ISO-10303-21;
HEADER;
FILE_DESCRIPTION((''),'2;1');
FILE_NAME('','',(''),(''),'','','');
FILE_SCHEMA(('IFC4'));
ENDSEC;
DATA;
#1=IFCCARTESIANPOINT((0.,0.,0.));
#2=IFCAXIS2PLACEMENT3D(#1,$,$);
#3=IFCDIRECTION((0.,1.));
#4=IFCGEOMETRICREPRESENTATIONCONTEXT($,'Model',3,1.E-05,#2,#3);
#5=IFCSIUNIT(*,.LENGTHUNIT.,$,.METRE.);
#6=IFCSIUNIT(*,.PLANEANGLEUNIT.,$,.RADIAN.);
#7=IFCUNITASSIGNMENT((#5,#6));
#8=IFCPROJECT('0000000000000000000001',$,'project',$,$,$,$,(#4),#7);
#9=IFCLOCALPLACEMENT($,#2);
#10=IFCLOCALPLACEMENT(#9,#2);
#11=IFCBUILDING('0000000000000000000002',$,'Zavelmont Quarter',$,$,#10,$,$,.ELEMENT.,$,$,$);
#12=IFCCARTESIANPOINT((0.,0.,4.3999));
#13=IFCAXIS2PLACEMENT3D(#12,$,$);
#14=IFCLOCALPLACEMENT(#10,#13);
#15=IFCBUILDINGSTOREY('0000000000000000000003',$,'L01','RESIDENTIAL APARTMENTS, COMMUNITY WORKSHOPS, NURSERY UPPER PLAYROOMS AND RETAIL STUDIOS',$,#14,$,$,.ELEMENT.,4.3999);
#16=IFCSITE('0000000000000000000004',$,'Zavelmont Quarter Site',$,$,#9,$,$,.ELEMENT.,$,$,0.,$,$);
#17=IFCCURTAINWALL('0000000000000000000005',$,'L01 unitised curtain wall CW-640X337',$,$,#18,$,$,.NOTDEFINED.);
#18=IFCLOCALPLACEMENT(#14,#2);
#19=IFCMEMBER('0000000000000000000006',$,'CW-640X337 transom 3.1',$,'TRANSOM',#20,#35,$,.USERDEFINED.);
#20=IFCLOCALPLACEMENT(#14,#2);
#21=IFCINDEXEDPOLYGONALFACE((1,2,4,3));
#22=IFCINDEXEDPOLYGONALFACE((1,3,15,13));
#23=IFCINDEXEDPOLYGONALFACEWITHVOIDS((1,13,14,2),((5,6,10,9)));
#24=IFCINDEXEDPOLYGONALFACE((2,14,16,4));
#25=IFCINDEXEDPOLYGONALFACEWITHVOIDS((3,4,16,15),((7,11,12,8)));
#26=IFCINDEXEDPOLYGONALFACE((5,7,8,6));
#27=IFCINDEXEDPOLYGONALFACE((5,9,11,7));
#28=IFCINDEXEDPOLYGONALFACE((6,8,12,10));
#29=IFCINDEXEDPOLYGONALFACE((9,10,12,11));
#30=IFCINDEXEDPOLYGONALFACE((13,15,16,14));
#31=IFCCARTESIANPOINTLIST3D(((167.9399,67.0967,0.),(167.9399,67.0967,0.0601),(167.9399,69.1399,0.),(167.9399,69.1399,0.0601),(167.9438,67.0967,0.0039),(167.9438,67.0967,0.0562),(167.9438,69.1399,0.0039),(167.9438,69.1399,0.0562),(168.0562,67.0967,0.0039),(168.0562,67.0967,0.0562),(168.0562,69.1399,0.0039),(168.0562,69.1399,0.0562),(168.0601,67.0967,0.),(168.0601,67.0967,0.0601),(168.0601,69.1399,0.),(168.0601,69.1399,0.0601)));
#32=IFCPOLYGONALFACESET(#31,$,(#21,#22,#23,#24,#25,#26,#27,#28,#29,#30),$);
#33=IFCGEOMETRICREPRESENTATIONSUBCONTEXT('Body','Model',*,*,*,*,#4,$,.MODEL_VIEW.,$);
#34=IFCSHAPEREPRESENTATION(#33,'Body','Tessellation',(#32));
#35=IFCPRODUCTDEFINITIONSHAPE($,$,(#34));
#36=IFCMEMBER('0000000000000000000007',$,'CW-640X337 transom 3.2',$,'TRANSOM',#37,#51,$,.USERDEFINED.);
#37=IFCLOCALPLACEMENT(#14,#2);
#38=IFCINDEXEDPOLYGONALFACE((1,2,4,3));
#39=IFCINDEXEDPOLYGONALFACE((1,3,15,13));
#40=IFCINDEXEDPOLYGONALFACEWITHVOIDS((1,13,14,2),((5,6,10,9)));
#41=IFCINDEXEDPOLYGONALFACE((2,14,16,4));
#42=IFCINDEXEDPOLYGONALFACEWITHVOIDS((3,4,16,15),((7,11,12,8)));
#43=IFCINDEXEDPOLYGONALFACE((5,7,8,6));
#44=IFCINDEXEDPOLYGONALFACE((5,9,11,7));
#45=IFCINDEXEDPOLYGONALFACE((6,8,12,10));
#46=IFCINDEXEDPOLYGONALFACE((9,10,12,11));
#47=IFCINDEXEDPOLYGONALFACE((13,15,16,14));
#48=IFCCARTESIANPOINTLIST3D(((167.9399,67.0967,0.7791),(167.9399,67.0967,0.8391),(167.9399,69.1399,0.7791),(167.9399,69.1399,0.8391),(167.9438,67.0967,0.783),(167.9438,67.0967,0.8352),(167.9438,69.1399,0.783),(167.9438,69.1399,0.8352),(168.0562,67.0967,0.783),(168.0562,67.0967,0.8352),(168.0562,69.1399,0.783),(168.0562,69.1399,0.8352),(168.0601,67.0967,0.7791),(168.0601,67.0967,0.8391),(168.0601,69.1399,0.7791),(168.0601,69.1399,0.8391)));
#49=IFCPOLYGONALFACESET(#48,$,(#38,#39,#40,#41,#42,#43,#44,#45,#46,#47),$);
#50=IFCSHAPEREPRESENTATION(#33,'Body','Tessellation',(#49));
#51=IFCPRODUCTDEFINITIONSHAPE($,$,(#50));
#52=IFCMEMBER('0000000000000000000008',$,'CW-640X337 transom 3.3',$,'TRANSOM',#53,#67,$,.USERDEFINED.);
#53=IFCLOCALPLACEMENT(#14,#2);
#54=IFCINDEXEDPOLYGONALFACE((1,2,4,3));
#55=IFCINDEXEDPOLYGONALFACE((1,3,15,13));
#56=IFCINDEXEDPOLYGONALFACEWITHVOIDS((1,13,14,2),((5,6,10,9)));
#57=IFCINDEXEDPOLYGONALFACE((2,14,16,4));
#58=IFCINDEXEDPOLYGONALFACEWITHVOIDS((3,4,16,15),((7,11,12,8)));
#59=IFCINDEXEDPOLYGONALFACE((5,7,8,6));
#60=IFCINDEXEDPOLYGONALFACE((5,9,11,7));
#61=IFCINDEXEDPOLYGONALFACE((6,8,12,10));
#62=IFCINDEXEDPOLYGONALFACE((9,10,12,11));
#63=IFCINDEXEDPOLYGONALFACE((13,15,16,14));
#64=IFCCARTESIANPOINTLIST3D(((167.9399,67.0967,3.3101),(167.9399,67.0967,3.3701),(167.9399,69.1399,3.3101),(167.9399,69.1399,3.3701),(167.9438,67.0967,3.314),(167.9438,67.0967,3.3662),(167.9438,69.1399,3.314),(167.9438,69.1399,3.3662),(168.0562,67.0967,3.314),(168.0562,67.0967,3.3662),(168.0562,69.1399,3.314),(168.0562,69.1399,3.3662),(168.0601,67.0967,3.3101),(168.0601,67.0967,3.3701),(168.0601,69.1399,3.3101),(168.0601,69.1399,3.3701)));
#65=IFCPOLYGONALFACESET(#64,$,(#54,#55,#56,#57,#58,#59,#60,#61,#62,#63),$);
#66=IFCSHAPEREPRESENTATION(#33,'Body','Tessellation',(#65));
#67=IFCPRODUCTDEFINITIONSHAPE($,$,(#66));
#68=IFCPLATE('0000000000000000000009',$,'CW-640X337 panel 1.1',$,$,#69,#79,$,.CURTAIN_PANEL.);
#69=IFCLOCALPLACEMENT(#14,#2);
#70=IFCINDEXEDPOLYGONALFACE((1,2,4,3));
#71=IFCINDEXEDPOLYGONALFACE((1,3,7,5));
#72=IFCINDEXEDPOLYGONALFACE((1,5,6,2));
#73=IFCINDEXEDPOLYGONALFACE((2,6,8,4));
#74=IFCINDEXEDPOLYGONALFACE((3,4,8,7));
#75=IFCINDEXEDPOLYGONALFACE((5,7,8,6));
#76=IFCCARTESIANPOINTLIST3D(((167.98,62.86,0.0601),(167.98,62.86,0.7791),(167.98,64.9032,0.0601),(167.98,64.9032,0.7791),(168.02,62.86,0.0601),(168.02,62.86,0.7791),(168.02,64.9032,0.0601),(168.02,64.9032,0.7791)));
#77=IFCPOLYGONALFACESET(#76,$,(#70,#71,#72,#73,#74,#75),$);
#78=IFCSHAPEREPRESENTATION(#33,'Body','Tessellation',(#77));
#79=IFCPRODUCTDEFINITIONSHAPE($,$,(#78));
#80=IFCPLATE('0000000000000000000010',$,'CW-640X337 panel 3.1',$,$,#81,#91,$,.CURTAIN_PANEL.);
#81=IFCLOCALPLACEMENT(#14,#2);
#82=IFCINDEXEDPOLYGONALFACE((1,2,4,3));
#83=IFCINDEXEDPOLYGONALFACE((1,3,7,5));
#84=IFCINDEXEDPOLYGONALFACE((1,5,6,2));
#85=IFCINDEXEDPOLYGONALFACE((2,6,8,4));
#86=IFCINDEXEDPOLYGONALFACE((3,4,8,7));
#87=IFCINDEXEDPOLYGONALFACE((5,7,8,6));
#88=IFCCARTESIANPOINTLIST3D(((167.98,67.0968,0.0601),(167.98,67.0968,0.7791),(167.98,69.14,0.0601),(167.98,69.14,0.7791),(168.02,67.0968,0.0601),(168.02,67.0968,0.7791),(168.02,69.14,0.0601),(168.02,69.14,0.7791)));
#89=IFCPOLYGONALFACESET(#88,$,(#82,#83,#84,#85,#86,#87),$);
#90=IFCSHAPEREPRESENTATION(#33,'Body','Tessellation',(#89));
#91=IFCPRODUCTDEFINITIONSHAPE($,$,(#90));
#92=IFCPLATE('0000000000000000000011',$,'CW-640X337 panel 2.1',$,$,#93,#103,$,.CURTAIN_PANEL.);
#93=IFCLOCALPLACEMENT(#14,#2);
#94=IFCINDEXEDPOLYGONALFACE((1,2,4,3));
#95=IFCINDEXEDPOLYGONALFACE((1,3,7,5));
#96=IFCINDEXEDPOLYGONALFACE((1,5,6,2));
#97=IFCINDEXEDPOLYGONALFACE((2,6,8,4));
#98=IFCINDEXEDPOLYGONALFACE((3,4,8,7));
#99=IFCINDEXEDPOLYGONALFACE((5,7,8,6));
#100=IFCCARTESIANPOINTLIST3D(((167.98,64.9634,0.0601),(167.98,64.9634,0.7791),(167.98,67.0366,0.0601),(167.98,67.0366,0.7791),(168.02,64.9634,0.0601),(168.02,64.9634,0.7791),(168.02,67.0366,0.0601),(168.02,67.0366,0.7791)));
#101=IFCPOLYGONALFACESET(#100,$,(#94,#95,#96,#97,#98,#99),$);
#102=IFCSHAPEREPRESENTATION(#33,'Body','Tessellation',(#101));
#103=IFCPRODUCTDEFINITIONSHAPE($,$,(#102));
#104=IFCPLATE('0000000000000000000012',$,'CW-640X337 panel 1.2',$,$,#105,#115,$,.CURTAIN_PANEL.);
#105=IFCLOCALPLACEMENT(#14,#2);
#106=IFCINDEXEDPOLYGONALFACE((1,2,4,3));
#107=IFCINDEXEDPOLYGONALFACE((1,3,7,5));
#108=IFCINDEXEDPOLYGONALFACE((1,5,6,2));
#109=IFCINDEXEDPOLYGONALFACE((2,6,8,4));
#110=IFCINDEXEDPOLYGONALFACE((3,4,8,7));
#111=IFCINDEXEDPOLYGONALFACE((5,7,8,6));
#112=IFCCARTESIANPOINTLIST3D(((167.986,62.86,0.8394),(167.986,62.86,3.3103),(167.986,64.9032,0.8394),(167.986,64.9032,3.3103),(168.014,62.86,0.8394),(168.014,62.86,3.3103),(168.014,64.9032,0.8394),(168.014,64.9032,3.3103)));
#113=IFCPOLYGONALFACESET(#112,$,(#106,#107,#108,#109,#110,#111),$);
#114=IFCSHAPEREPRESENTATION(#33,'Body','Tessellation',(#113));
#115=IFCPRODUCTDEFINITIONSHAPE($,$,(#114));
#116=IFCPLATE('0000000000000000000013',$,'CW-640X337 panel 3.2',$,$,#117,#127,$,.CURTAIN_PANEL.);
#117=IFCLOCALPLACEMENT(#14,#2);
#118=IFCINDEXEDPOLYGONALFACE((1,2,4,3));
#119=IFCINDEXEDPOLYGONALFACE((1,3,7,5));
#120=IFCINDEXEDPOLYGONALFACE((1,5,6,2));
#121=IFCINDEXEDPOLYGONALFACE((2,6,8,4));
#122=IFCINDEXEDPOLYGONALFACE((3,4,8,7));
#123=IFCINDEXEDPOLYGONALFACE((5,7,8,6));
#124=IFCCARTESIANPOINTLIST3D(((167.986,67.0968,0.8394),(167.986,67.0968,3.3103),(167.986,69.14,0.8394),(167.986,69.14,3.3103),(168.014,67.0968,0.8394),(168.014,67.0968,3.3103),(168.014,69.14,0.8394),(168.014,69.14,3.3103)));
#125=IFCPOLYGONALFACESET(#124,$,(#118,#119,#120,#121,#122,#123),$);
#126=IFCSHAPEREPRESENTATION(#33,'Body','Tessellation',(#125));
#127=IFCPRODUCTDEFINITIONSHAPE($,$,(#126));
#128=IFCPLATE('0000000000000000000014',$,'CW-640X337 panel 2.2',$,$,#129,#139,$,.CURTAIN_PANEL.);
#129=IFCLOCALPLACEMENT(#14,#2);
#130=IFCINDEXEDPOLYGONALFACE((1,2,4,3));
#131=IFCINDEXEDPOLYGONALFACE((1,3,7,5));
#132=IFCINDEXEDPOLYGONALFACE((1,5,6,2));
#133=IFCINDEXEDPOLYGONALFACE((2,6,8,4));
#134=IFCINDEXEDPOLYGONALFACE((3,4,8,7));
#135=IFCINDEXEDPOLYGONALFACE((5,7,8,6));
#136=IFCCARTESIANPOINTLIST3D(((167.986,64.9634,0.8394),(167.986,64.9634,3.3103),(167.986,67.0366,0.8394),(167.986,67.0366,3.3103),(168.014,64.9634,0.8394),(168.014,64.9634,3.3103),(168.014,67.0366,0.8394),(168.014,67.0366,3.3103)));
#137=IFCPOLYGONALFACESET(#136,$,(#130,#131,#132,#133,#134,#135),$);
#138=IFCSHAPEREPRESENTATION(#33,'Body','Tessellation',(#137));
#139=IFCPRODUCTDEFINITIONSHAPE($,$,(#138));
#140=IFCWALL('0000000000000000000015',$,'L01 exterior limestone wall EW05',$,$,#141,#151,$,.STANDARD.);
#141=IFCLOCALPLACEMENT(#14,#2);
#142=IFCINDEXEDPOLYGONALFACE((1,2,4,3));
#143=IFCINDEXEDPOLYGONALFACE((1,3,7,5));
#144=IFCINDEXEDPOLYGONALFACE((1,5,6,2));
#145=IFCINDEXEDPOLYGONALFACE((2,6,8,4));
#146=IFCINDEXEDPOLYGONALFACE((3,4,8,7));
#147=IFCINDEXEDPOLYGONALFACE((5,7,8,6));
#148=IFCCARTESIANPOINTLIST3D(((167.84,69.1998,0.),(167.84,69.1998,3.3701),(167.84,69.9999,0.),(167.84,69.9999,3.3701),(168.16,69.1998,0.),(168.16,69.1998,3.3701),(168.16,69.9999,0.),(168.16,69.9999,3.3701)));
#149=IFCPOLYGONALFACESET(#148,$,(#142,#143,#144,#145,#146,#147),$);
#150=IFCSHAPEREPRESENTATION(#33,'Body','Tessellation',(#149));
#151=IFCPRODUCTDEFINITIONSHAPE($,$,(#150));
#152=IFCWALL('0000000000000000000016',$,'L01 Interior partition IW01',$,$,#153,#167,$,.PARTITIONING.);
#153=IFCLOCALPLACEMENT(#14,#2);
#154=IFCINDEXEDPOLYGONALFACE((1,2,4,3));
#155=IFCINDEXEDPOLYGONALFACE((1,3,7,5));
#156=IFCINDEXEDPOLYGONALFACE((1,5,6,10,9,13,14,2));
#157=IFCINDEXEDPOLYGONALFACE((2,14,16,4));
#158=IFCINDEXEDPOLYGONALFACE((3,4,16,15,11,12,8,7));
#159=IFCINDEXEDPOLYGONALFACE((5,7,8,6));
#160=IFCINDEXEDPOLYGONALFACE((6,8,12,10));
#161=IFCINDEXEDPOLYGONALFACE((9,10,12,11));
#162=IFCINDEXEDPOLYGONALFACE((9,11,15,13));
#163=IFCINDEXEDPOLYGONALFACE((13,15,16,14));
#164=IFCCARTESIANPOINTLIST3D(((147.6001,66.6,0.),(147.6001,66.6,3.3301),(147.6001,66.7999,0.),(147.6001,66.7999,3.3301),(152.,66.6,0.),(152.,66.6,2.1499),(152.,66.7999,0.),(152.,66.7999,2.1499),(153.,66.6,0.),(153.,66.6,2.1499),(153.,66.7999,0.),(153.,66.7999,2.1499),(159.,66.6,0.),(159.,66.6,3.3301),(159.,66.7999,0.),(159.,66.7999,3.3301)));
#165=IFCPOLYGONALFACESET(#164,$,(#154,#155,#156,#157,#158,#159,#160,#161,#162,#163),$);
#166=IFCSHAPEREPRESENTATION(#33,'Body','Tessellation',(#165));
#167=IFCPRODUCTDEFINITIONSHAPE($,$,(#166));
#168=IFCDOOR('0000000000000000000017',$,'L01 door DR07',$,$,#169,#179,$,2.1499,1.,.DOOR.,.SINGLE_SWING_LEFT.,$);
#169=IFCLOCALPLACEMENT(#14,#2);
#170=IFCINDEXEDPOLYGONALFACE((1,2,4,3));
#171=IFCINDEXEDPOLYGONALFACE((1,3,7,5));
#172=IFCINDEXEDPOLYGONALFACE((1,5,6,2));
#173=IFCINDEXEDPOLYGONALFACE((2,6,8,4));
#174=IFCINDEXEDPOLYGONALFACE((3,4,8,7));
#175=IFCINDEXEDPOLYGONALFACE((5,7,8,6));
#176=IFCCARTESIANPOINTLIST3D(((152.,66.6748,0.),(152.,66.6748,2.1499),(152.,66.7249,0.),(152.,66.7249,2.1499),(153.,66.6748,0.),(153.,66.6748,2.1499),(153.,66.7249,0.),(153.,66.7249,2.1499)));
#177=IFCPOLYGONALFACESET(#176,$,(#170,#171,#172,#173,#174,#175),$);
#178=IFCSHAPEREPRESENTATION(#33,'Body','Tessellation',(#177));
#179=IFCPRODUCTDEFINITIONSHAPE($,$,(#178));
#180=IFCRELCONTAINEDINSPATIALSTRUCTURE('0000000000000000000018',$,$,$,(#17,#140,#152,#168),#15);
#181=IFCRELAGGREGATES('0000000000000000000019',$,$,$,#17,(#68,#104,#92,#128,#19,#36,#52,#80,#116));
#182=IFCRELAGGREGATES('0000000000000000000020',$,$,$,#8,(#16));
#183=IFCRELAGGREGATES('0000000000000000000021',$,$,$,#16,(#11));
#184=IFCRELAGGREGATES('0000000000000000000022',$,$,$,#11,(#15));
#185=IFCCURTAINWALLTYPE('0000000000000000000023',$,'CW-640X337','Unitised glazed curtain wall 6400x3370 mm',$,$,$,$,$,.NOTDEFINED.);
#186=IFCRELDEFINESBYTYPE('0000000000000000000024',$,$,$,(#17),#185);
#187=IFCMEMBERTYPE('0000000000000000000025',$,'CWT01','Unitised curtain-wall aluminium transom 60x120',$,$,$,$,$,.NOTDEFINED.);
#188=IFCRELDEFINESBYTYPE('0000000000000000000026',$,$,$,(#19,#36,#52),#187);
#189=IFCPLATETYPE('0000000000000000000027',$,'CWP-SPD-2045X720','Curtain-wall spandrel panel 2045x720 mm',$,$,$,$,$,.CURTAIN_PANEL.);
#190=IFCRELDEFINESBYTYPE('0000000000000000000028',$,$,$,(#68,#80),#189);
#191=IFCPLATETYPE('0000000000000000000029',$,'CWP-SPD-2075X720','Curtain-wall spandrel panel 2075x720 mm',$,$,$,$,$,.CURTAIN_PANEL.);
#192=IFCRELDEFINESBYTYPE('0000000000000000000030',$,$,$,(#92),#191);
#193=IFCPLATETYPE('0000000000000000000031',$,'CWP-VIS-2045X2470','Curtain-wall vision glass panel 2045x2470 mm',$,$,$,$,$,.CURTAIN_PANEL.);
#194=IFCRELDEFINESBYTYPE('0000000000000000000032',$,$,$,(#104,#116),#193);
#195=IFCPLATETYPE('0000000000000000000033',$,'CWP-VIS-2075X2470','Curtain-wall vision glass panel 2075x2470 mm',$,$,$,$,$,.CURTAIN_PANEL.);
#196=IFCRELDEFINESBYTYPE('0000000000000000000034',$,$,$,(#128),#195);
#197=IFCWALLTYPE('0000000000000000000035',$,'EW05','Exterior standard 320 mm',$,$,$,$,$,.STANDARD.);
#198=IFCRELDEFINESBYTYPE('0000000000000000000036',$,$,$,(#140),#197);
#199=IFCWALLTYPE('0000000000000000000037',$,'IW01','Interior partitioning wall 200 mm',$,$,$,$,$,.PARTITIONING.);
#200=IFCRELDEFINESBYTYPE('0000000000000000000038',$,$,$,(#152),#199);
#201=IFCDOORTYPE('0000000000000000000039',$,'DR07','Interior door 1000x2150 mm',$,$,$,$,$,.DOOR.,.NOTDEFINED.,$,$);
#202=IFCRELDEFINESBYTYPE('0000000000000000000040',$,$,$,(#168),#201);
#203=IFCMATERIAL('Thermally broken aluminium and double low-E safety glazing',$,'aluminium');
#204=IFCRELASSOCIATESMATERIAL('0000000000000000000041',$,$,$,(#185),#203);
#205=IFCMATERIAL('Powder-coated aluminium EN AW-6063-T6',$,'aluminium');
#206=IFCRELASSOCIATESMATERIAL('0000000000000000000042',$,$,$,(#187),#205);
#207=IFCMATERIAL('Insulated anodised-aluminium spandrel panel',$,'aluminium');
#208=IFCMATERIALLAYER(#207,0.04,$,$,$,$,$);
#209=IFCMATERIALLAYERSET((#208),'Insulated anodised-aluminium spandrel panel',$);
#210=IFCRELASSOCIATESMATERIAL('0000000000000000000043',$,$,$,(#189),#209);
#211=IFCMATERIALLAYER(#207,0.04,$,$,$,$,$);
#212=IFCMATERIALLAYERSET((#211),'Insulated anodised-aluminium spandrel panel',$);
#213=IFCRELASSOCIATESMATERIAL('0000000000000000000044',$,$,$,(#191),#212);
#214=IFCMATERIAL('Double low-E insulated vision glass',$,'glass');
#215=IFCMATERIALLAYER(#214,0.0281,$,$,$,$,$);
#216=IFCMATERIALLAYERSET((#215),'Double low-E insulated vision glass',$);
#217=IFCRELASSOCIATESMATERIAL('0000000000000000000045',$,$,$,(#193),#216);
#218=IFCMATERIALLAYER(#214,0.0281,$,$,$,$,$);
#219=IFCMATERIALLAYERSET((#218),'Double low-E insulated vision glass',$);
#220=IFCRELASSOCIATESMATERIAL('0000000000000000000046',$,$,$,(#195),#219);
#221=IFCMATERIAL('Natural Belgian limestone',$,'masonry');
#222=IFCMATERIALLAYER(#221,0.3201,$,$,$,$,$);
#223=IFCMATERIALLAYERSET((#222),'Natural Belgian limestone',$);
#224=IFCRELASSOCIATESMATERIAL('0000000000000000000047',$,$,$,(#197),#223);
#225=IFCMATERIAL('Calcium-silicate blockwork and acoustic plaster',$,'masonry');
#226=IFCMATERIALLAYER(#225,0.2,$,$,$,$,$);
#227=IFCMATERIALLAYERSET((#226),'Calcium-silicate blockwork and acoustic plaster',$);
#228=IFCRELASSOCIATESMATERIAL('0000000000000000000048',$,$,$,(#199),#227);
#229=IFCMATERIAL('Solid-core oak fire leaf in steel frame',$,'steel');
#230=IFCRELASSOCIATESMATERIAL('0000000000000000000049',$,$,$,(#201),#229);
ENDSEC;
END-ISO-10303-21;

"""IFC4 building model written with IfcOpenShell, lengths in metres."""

from ifc_helpers import new_model, si_unit, direction, frame, frame_2d, origin, origin_with_axes, origin_2d, place, context, subcontext, project, spatial, rectangle, hollow_rectangle, extrude, material, layer, layer_set, material_profile, profile_set, type_object, element, fill, aggregate, save


model = new_model("IFC4")

# Units and contexts
model_context = context("Model", 3, precision=1e-05, world=origin(), true_north=direction((0.0, 1.0)))
body_context = subcontext(model_context, "Body", "Model", "MODEL_VIEW")
ifc_project = project(units=[si_unit("LENGTHUNIT", "METRE"), si_unit("PLANEANGLEUNIT", "RADIAN")], contexts=[model_context])

# Site, building, storey
site_placement = place(None, origin())
site = spatial("IfcSite", under=ifc_project, at=site_placement, Name="Zavelmont Quarter Site", CompositionType="ELEMENT", RefElevation=0.0)
building_placement = place(site_placement, origin())
building = spatial("IfcBuilding", under=site, at=building_placement, Name="Zavelmont Quarter", CompositionType="ELEMENT")
storey_placement = place(building_placement, frame((0.0, 0.0, 4.3999)))
storey = spatial("IfcBuildingStorey", under=building, at=storey_placement, Name="L01", Description="RESIDENTIAL APARTMENTS, COMMUNITY WORKSHOPS, NURSERY UPPER PLAYROOMS AND RETAIL STUDIOS", CompositionType="ELEMENT", Elevation=4.3999)

# Curtain wall, members, plates
ifc_material_1 = material(Name="Thermally broken aluminium and double low-E safety glazing", Category="aluminium")
curtain_wall_type = type_object("IfcCurtainWallType", Name="CW-640X337", Description="Unitised glazed curtain wall 6400x3370 mm", PredefinedType="NOTDEFINED", material=ifc_material_1)
curtain_wall_placement = place(storey_placement, origin())
curtain_wall = element("IfcCurtainWall", 1, at=curtain_wall_placement, inside=storey, type_object=curtain_wall_type, Name="L01 unitised curtain wall CW-640X337", PredefinedType="NOTDEFINED")
ifc_material_2 = material(Name="Powder-coated aluminium EN AW-6063-T6", Category="aluminium")
ifc_material_profile_1 = material_profile(ifc_material_2, hollow_rectangle(XDim=0.1201, YDim=0.0601, WallThickness=0.0039, at=origin_2d()), Name="CWT60X120")
ifc_profile_set_1 = profile_set([ifc_material_profile_1], Name="Powder-coated aluminium EN AW-6063-T6")
member_type_1 = type_object("IfcMemberType", Name="CWT01", Description="Unitised curtain-wall aluminium transom 60x120", PredefinedType="NOTDEFINED", material=ifc_profile_set_1)
member_1_placement = place(storey_placement, frame((168.0, 67.0967, 0.03), z_axis=(0.0, 1.0, 0.0), x_axis=(-1.0, 0.0, 0.0)))
member_1 = element("IfcMember", 2, at=member_1_placement, type_object=member_type_1, Name="CW-640X337 transom 3.1", ObjectType="TRANSOM", PredefinedType="USERDEFINED", context=body_context, shape_type="SweptSolid", body=[
    extrude(hollow_rectangle(XDim=0.1201, YDim=0.0601, WallThickness=0.0039, at=origin_2d()), origin(), (0.0, 0.0, 1.0), 2.0432),
])
member_2_placement = place(storey_placement, frame((168.0, 67.0967, 0.8091), z_axis=(0.0, 1.0, 0.0), x_axis=(-1.0, 0.0, 0.0)))
member_2 = element("IfcMember", 3, at=member_2_placement, type_object=member_type_1, Name="CW-640X337 transom 3.2", ObjectType="TRANSOM", PredefinedType="USERDEFINED", context=body_context, shape_type="SweptSolid", body=[
    extrude(hollow_rectangle(XDim=0.1201, YDim=0.0601, WallThickness=0.0039, at=origin_2d()), origin(), (0.0, 0.0, 1.0), 2.0432),
])
member_3_placement = place(storey_placement, frame((168.0, 67.0967, 3.3401), z_axis=(0.0, 1.0, 0.0), x_axis=(-1.0, 0.0, 0.0)))
member_3 = element("IfcMember", 4, at=member_3_placement, type_object=member_type_1, Name="CW-640X337 transom 3.3", ObjectType="TRANSOM", PredefinedType="USERDEFINED", context=body_context, shape_type="SweptSolid", body=[
    extrude(hollow_rectangle(XDim=0.1201, YDim=0.0601, WallThickness=0.0039, at=origin_2d()), origin(), (0.0, 0.0, 1.0), 2.0432),
])
ifc_material_3 = material(Name="Insulated anodised-aluminium spandrel panel", Category="aluminium")
ifc_layer_1 = layer(ifc_material_3, 0.04)
ifc_layer_set_1 = layer_set([ifc_layer_1], Name="Insulated anodised-aluminium spandrel panel")
plate_type_1 = type_object("IfcPlateType", Name="CWP-SPD-2045X720", Description="Curtain-wall spandrel panel 2045x720 mm", PredefinedType="CURTAIN_PANEL", material=ifc_layer_set_1)
plate_1_placement = place(storey_placement, frame((168.0, 63.8816, 0.0601), z_axis=(0.0, 0.0, 1.0), x_axis=(0.0, 1.0, 0.0)))
plate_1 = element("IfcPlate", 5, at=plate_1_placement, type_object=plate_type_1, Name="CW-640X337 panel 1.1", PredefinedType="CURTAIN_PANEL", context=body_context, shape_type="SweptSolid", body=[
    extrude(rectangle(XDim=2.0432, YDim=0.04, at=origin_2d()), origin(), (0.0, 0.0, 1.0), 0.719),
])
plate_2_placement = place(storey_placement, frame((168.0, 68.1184, 0.0601), z_axis=(0.0, 0.0, 1.0), x_axis=(0.0, 1.0, 0.0)))
plate_2 = element("IfcPlate", 6, at=plate_2_placement, type_object=plate_type_1, Name="CW-640X337 panel 3.1", PredefinedType="CURTAIN_PANEL", context=body_context, shape_type="SweptSolid", body=[
    extrude(rectangle(XDim=2.0432, YDim=0.04, at=origin_2d()), origin(), (0.0, 0.0, 1.0), 0.719),
])
ifc_layer_2 = layer(ifc_material_3, 0.04)
ifc_layer_set_2 = layer_set([ifc_layer_2], Name="Insulated anodised-aluminium spandrel panel")
plate_type_2 = type_object("IfcPlateType", Name="CWP-SPD-2075X720", Description="Curtain-wall spandrel panel 2075x720 mm", PredefinedType="CURTAIN_PANEL", material=ifc_layer_set_2)
plate_3_placement = place(storey_placement, frame((168.0, 66.0, 0.0601), z_axis=(0.0, 0.0, 1.0), x_axis=(0.0, 1.0, 0.0)))
plate_3 = element("IfcPlate", 7, at=plate_3_placement, type_object=plate_type_2, Name="CW-640X337 panel 2.1", PredefinedType="CURTAIN_PANEL", context=body_context, shape_type="SweptSolid", body=[
    extrude(rectangle(XDim=2.0732, YDim=0.04, at=origin_2d()), origin(), (0.0, 0.0, 1.0), 0.719),
])
ifc_material_4 = material(Name="Double low-E insulated vision glass", Category="glass")
ifc_layer_3 = layer(ifc_material_4, 0.0281)
ifc_layer_set_3 = layer_set([ifc_layer_3], Name="Double low-E insulated vision glass")
plate_type_3 = type_object("IfcPlateType", Name="CWP-VIS-2045X2470", Description="Curtain-wall vision glass panel 2045x2470 mm", PredefinedType="CURTAIN_PANEL", material=ifc_layer_set_3)
plate_4_placement = place(storey_placement, frame((168.0, 63.8816, 0.8394), z_axis=(0.0, 0.0, 1.0), x_axis=(0.0, 1.0, 0.0)))
plate_4 = element("IfcPlate", 8, at=plate_4_placement, type_object=plate_type_3, Name="CW-640X337 panel 1.2", PredefinedType="CURTAIN_PANEL", context=body_context, shape_type="SweptSolid", body=[
    extrude(rectangle(XDim=2.0432, YDim=0.0281, at=origin_2d()), origin(), (0.0, 0.0, 1.0), 2.4709),
])
plate_5_placement = place(storey_placement, frame((168.0, 68.1184, 0.8394), z_axis=(0.0, 0.0, 1.0), x_axis=(0.0, 1.0, 0.0)))
plate_5 = element("IfcPlate", 9, at=plate_5_placement, type_object=plate_type_3, Name="CW-640X337 panel 3.2", PredefinedType="CURTAIN_PANEL", context=body_context, shape_type="SweptSolid", body=[
    extrude(rectangle(XDim=2.0432, YDim=0.0281, at=origin_2d()), origin(), (0.0, 0.0, 1.0), 2.4709),
])
ifc_layer_4 = layer(ifc_material_4, 0.0281)
ifc_layer_set_4 = layer_set([ifc_layer_4], Name="Double low-E insulated vision glass")
plate_type_4 = type_object("IfcPlateType", Name="CWP-VIS-2075X2470", Description="Curtain-wall vision glass panel 2075x2470 mm", PredefinedType="CURTAIN_PANEL", material=ifc_layer_set_4)
plate_6_placement = place(storey_placement, frame((168.0, 66.0, 0.8394), z_axis=(0.0, 0.0, 1.0), x_axis=(0.0, 1.0, 0.0)))
plate_6 = element("IfcPlate", 10, at=plate_6_placement, type_object=plate_type_4, Name="CW-640X337 panel 2.2", PredefinedType="CURTAIN_PANEL", context=body_context, shape_type="SweptSolid", body=[
    extrude(rectangle(XDim=2.0732, YDim=0.0281, at=origin_2d()), origin(), (0.0, 0.0, 1.0), 2.4709),
])
aggregate(curtain_wall, [plate_1, plate_4, plate_3, plate_6, member_1, member_2, member_3, plate_2, plate_5])

# Wall
ifc_material_5 = material(Name="Natural Belgian limestone", Category="masonry")
ifc_layer_5 = layer(ifc_material_5, 0.3201)
ifc_layer_set_5 = layer_set([ifc_layer_5], Name="Natural Belgian limestone")
wall_type_1 = type_object("IfcWallType", Name="EW05", Description="Exterior standard 320 mm", PredefinedType="STANDARD", material=ifc_layer_set_5)
wall_1_placement = place(storey_placement, frame((168.0, 69.2, 0.0), z_axis=(0.0, 0.0, 1.0), x_axis=(0.0, 1.0, 0.0)))
element("IfcWall", 11, at=wall_1_placement, inside=storey, type_object=wall_type_1, Name="L01 exterior limestone wall EW05", PredefinedType="STANDARD", context=body_context, shape_type="SweptSolid", body=[
    extrude(rectangle(XDim=0.8, YDim=0.3201, at=frame_2d((0.3999, 0.0))), origin(), (0.0, 0.0, 1.0), 3.3701),
])

# Wall, opening, door
ifc_material_6 = material(Name="Calcium-silicate blockwork and acoustic plaster", Category="masonry")
ifc_layer_6 = layer(ifc_material_6, 0.2)
ifc_layer_set_6 = layer_set([ifc_layer_6], Name="Calcium-silicate blockwork and acoustic plaster")
wall_type_2 = type_object("IfcWallType", Name="IW01", Description="Interior partitioning wall 200 mm", PredefinedType="PARTITIONING", material=ifc_layer_set_6)
wall_2_placement = place(storey_placement, frame((147.6001, 66.7, 0.0), z_axis=(0.0, 0.0, 1.0), x_axis=(1.0, 0.0, 0.0)))
wall_2 = element("IfcWall", 12, at=wall_2_placement, inside=storey, type_object=wall_type_2, Name="L01 Interior partition IW01", PredefinedType="PARTITIONING", context=body_context, shape_type="SweptSolid", body=[
    extrude(rectangle(XDim=11.3999, YDim=0.2, at=frame_2d((5.7, 0.0))), origin(), (0.0, 0.0, 1.0), 3.3301),
])
opening_1_placement = place(wall_2_placement, frame((4.3999, 0.0, 0.0)))
opening_1 = element("IfcOpeningElement", 13, at=opening_1_placement, cuts=wall_2, PredefinedType="OPENING", context=body_context, shape_type="SweptSolid", body=[
    extrude(rectangle(XDim=1.0, YDim=2.1499, at=frame_2d((0.5, 1.075))), frame((0.0, 0.1118, 0.0), z_axis=(0.0, -1.0, 0.0), x_axis=(1.0, 0.0, 0.0)), (0.0, 0.0, 1.0), 0.2239),
])
ifc_material_7 = material(Name="Solid-core oak fire leaf in steel frame", Category="steel")
door_type_1 = type_object("IfcDoorType", Name="DR07", Description="Interior door 1000x2150 mm", OperationType="NOTDEFINED", PredefinedType="DOOR", material=ifc_material_7)
door_1_placement = place(opening_1_placement, origin_with_axes())
door_1 = element("IfcDoor", 14, at=door_1_placement, inside=storey, type_object=door_type_1, Name="L01 door DR07", OperationType="SINGLE_SWING_LEFT", OverallHeight=2.1499, OverallWidth=1.0, PredefinedType="DOOR", context=body_context, shape_type="SweptSolid", body=[
    extrude(rectangle(XDim=1.0, YDim=2.1499, at=frame_2d((0.5, 1.075))), frame((0.0, 0.0249, 0.0), z_axis=(0.0, -1.0, 0.0), x_axis=(1.0, 0.0, 0.0)), (0.0, 0.0, 1.0), 0.05),
])
fill(opening_1, door_1)

save(model, "model.ifc")
